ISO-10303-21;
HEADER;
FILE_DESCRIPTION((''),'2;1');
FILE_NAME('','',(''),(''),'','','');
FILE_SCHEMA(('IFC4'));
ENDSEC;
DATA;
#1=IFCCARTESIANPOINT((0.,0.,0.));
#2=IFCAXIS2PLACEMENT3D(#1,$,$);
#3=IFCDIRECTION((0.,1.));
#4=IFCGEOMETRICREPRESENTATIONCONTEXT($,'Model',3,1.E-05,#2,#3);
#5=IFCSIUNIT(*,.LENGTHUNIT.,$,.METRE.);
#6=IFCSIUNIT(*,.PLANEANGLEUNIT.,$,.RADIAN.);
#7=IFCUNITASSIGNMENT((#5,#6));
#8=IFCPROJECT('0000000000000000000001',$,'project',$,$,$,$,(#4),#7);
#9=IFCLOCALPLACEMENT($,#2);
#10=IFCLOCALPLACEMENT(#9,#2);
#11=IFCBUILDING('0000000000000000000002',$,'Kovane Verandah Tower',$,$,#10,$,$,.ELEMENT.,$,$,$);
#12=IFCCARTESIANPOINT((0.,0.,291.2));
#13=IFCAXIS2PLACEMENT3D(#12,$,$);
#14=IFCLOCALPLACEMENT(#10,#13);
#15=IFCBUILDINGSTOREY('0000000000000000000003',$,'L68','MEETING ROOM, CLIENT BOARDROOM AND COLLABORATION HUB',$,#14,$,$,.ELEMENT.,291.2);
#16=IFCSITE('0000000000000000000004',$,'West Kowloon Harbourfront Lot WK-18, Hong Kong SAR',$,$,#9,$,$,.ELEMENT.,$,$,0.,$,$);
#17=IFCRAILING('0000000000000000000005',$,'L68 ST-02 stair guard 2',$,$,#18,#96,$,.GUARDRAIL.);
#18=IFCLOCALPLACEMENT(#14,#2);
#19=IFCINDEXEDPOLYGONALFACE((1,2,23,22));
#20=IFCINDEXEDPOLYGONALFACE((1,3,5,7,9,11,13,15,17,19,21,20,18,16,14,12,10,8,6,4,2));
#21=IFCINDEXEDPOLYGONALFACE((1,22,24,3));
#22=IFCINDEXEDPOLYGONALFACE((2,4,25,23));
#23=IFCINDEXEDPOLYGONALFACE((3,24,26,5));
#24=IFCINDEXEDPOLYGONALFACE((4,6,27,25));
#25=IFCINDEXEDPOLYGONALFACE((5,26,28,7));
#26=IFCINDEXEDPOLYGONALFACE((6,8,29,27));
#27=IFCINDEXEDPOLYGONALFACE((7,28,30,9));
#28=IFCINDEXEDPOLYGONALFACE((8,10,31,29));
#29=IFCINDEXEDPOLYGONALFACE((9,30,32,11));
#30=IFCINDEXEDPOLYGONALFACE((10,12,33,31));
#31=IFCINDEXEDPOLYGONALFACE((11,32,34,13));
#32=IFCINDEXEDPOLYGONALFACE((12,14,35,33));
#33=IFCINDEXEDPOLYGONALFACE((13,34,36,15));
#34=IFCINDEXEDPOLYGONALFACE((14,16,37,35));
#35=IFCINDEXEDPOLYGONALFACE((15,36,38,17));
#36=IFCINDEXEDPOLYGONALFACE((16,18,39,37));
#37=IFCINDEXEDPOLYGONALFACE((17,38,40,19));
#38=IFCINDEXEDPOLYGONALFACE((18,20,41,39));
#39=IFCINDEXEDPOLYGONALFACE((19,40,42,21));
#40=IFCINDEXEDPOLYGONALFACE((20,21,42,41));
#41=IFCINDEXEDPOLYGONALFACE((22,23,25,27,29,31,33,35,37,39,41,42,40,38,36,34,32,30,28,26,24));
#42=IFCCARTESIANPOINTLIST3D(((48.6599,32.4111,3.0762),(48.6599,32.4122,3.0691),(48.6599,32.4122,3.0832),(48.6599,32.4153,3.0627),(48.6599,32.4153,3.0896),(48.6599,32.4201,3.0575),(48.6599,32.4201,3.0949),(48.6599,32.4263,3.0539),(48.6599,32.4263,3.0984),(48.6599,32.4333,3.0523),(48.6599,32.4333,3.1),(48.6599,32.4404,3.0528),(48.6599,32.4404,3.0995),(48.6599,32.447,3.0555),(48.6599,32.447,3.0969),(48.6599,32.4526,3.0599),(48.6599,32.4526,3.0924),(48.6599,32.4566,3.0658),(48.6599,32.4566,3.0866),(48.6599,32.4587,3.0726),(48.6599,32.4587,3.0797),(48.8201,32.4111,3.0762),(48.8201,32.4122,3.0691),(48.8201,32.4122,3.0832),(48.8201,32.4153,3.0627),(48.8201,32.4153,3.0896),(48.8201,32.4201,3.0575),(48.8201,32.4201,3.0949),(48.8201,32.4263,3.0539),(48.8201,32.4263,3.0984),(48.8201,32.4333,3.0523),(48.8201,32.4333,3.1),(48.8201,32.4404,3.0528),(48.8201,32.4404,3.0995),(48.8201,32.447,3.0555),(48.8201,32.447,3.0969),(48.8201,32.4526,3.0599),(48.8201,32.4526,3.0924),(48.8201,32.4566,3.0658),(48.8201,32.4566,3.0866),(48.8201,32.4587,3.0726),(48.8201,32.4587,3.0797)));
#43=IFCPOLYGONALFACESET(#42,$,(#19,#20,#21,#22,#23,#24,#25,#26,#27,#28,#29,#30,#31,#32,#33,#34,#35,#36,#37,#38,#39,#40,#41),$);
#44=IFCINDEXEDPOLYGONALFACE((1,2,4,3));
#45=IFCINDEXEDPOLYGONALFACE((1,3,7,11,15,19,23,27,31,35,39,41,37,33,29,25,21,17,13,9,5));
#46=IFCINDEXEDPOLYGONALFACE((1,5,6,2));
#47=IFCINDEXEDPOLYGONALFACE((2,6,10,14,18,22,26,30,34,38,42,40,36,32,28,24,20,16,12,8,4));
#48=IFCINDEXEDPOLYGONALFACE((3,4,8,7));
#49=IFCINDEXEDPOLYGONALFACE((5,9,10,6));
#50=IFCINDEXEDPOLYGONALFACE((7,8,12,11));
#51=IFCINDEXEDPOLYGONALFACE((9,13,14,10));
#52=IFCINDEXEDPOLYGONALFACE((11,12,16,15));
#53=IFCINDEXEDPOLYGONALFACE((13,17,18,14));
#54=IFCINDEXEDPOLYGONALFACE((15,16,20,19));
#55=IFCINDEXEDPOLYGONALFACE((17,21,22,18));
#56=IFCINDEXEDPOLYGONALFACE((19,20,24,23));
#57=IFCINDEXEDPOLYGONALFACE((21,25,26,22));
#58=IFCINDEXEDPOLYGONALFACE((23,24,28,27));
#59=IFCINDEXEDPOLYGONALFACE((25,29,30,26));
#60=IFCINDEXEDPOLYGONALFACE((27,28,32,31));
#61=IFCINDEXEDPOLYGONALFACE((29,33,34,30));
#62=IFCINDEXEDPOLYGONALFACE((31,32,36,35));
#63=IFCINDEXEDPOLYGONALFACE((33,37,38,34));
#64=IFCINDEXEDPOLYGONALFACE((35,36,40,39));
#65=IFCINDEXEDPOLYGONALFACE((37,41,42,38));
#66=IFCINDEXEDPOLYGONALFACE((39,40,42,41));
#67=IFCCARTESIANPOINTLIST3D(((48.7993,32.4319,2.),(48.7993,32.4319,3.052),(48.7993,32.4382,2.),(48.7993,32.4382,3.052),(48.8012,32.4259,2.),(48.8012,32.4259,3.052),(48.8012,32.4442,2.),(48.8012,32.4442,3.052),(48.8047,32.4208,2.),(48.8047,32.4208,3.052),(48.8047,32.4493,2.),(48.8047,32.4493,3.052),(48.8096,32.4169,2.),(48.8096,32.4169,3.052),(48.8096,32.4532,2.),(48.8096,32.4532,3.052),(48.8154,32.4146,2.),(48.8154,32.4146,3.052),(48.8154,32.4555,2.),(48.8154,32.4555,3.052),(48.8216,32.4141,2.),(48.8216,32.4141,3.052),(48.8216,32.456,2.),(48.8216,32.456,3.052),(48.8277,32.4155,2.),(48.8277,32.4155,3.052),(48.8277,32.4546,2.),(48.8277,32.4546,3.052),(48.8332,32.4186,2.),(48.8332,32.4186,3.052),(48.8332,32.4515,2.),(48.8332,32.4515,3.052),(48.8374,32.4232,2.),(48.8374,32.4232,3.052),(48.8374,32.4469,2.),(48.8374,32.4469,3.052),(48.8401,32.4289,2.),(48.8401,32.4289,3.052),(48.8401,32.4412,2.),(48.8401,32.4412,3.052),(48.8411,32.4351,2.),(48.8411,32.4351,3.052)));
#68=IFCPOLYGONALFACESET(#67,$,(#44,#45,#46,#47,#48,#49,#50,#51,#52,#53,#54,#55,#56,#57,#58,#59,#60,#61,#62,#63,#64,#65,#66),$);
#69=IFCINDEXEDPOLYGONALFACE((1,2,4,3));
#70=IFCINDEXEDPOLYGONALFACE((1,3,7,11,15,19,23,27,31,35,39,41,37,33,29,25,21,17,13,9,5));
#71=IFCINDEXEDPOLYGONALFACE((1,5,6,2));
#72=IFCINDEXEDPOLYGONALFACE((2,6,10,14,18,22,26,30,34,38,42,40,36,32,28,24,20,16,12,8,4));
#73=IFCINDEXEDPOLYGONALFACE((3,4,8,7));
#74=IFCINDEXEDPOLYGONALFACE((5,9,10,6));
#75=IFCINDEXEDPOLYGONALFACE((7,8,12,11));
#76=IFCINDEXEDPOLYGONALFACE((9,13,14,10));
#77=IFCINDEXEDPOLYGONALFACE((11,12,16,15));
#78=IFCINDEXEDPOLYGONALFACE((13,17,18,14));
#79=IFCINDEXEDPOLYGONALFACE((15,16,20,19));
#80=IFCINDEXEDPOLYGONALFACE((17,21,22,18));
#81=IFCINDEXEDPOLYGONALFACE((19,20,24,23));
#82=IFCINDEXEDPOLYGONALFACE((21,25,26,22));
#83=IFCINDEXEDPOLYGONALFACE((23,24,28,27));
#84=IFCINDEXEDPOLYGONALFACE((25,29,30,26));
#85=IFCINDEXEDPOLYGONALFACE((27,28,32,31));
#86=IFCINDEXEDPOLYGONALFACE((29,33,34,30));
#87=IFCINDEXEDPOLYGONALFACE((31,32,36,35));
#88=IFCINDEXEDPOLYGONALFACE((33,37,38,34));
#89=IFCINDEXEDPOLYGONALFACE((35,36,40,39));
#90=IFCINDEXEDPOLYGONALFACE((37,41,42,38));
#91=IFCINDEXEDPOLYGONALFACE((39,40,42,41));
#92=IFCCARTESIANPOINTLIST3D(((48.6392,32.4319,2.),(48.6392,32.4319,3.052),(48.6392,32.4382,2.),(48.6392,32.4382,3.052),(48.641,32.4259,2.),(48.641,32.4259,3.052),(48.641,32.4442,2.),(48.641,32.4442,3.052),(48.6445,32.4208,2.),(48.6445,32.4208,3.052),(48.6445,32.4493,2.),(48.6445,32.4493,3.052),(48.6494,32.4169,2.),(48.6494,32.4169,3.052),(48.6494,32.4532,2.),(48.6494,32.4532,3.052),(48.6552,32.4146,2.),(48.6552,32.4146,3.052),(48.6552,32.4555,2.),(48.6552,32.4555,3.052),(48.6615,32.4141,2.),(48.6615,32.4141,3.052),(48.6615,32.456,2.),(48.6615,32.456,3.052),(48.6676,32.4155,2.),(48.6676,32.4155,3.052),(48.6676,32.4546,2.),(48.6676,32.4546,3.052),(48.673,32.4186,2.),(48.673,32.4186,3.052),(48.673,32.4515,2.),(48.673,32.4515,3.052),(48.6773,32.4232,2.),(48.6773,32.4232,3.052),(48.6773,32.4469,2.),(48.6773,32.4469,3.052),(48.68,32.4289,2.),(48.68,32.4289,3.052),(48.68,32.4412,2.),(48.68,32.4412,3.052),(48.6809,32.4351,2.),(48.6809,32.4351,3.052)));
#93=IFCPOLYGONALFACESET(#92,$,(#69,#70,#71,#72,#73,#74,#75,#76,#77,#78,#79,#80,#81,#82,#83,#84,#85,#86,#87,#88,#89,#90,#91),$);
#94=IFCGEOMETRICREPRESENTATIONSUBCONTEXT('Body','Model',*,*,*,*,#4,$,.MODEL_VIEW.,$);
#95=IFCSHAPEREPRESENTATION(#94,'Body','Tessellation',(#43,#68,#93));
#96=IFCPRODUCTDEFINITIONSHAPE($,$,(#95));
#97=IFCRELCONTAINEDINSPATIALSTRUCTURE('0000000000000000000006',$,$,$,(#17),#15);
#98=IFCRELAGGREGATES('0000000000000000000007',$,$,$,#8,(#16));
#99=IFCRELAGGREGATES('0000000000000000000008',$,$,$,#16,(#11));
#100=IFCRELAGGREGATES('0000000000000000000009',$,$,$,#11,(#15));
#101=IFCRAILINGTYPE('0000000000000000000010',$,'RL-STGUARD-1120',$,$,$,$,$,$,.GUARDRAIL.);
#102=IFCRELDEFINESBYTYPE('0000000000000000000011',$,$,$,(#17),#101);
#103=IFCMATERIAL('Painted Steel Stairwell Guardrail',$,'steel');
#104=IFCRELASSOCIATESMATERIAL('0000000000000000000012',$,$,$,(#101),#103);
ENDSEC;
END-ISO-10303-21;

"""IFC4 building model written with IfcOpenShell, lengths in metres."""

from ifc_helpers import new_model, si_unit, direction, frame, origin, origin_2d, place, context, subcontext, project, spatial, circle, extrude, material, type_object, element, save


model = new_model("IFC4")

# Units and contexts
model_context = context("Model", 3, precision=1e-05, world=origin(), true_north=direction((0.0, 1.0)))
body_context = subcontext(model_context, "Body", "Model", "MODEL_VIEW")
ifc_project = project(units=[si_unit("LENGTHUNIT", "METRE"), si_unit("PLANEANGLEUNIT", "RADIAN")], contexts=[model_context])

# Site, building, storey
site_placement = place(None, origin())
site = spatial("IfcSite", under=ifc_project, at=site_placement, Name="West Kowloon Harbourfront Lot WK-18, Hong Kong SAR", CompositionType="ELEMENT", RefElevation=0.0)
building_placement = place(site_placement, origin())
building = spatial("IfcBuilding", under=site, at=building_placement, Name="Kovane Verandah Tower", CompositionType="ELEMENT")
storey_placement = place(building_placement, frame((0.0, 0.0, 291.2)))
storey = spatial("IfcBuildingStorey", under=building, at=storey_placement, Name="L68", Description="MEETING ROOM, CLIENT BOARDROOM AND COLLABORATION HUB", CompositionType="ELEMENT", Elevation=291.2)

# Railing
ifc_material_1 = material(Name="Painted Steel Stairwell Guardrail", Category="steel")
railing_type_1 = type_object("IfcRailingType", Name="RL-STGUARD-1120", PredefinedType="GUARDRAIL", material=ifc_material_1)
railing_1_placement = place(storey_placement, frame((48.8201, 32.4351, 2.0)))
element("IfcRailing", 1, at=railing_1_placement, inside=storey, type_object=railing_type_1, Name="L68 ST-02 stair guard 2", PredefinedType="GUARDRAIL", context=body_context, shape_type="SweptSolid", body=[
    extrude(circle(Radius=0.0239, at=origin_2d()), frame((0.0, 0.0, 1.0762), z_axis=(-1.0, 0.0, 0.0), x_axis=(0.0, -1.0, 0.0)), (0.0, 0.0, 1.0), 0.1602),
    extrude(circle(Radius=0.021, at=origin_2d()), origin(), (0.0, 0.0, 1.0), 1.052),
    extrude(circle(Radius=0.021, at=origin_2d()), frame((-0.1602, 0.0, 0.0)), (0.0, 0.0, 1.0), 1.052),
])

save(model, "model.ifc")
